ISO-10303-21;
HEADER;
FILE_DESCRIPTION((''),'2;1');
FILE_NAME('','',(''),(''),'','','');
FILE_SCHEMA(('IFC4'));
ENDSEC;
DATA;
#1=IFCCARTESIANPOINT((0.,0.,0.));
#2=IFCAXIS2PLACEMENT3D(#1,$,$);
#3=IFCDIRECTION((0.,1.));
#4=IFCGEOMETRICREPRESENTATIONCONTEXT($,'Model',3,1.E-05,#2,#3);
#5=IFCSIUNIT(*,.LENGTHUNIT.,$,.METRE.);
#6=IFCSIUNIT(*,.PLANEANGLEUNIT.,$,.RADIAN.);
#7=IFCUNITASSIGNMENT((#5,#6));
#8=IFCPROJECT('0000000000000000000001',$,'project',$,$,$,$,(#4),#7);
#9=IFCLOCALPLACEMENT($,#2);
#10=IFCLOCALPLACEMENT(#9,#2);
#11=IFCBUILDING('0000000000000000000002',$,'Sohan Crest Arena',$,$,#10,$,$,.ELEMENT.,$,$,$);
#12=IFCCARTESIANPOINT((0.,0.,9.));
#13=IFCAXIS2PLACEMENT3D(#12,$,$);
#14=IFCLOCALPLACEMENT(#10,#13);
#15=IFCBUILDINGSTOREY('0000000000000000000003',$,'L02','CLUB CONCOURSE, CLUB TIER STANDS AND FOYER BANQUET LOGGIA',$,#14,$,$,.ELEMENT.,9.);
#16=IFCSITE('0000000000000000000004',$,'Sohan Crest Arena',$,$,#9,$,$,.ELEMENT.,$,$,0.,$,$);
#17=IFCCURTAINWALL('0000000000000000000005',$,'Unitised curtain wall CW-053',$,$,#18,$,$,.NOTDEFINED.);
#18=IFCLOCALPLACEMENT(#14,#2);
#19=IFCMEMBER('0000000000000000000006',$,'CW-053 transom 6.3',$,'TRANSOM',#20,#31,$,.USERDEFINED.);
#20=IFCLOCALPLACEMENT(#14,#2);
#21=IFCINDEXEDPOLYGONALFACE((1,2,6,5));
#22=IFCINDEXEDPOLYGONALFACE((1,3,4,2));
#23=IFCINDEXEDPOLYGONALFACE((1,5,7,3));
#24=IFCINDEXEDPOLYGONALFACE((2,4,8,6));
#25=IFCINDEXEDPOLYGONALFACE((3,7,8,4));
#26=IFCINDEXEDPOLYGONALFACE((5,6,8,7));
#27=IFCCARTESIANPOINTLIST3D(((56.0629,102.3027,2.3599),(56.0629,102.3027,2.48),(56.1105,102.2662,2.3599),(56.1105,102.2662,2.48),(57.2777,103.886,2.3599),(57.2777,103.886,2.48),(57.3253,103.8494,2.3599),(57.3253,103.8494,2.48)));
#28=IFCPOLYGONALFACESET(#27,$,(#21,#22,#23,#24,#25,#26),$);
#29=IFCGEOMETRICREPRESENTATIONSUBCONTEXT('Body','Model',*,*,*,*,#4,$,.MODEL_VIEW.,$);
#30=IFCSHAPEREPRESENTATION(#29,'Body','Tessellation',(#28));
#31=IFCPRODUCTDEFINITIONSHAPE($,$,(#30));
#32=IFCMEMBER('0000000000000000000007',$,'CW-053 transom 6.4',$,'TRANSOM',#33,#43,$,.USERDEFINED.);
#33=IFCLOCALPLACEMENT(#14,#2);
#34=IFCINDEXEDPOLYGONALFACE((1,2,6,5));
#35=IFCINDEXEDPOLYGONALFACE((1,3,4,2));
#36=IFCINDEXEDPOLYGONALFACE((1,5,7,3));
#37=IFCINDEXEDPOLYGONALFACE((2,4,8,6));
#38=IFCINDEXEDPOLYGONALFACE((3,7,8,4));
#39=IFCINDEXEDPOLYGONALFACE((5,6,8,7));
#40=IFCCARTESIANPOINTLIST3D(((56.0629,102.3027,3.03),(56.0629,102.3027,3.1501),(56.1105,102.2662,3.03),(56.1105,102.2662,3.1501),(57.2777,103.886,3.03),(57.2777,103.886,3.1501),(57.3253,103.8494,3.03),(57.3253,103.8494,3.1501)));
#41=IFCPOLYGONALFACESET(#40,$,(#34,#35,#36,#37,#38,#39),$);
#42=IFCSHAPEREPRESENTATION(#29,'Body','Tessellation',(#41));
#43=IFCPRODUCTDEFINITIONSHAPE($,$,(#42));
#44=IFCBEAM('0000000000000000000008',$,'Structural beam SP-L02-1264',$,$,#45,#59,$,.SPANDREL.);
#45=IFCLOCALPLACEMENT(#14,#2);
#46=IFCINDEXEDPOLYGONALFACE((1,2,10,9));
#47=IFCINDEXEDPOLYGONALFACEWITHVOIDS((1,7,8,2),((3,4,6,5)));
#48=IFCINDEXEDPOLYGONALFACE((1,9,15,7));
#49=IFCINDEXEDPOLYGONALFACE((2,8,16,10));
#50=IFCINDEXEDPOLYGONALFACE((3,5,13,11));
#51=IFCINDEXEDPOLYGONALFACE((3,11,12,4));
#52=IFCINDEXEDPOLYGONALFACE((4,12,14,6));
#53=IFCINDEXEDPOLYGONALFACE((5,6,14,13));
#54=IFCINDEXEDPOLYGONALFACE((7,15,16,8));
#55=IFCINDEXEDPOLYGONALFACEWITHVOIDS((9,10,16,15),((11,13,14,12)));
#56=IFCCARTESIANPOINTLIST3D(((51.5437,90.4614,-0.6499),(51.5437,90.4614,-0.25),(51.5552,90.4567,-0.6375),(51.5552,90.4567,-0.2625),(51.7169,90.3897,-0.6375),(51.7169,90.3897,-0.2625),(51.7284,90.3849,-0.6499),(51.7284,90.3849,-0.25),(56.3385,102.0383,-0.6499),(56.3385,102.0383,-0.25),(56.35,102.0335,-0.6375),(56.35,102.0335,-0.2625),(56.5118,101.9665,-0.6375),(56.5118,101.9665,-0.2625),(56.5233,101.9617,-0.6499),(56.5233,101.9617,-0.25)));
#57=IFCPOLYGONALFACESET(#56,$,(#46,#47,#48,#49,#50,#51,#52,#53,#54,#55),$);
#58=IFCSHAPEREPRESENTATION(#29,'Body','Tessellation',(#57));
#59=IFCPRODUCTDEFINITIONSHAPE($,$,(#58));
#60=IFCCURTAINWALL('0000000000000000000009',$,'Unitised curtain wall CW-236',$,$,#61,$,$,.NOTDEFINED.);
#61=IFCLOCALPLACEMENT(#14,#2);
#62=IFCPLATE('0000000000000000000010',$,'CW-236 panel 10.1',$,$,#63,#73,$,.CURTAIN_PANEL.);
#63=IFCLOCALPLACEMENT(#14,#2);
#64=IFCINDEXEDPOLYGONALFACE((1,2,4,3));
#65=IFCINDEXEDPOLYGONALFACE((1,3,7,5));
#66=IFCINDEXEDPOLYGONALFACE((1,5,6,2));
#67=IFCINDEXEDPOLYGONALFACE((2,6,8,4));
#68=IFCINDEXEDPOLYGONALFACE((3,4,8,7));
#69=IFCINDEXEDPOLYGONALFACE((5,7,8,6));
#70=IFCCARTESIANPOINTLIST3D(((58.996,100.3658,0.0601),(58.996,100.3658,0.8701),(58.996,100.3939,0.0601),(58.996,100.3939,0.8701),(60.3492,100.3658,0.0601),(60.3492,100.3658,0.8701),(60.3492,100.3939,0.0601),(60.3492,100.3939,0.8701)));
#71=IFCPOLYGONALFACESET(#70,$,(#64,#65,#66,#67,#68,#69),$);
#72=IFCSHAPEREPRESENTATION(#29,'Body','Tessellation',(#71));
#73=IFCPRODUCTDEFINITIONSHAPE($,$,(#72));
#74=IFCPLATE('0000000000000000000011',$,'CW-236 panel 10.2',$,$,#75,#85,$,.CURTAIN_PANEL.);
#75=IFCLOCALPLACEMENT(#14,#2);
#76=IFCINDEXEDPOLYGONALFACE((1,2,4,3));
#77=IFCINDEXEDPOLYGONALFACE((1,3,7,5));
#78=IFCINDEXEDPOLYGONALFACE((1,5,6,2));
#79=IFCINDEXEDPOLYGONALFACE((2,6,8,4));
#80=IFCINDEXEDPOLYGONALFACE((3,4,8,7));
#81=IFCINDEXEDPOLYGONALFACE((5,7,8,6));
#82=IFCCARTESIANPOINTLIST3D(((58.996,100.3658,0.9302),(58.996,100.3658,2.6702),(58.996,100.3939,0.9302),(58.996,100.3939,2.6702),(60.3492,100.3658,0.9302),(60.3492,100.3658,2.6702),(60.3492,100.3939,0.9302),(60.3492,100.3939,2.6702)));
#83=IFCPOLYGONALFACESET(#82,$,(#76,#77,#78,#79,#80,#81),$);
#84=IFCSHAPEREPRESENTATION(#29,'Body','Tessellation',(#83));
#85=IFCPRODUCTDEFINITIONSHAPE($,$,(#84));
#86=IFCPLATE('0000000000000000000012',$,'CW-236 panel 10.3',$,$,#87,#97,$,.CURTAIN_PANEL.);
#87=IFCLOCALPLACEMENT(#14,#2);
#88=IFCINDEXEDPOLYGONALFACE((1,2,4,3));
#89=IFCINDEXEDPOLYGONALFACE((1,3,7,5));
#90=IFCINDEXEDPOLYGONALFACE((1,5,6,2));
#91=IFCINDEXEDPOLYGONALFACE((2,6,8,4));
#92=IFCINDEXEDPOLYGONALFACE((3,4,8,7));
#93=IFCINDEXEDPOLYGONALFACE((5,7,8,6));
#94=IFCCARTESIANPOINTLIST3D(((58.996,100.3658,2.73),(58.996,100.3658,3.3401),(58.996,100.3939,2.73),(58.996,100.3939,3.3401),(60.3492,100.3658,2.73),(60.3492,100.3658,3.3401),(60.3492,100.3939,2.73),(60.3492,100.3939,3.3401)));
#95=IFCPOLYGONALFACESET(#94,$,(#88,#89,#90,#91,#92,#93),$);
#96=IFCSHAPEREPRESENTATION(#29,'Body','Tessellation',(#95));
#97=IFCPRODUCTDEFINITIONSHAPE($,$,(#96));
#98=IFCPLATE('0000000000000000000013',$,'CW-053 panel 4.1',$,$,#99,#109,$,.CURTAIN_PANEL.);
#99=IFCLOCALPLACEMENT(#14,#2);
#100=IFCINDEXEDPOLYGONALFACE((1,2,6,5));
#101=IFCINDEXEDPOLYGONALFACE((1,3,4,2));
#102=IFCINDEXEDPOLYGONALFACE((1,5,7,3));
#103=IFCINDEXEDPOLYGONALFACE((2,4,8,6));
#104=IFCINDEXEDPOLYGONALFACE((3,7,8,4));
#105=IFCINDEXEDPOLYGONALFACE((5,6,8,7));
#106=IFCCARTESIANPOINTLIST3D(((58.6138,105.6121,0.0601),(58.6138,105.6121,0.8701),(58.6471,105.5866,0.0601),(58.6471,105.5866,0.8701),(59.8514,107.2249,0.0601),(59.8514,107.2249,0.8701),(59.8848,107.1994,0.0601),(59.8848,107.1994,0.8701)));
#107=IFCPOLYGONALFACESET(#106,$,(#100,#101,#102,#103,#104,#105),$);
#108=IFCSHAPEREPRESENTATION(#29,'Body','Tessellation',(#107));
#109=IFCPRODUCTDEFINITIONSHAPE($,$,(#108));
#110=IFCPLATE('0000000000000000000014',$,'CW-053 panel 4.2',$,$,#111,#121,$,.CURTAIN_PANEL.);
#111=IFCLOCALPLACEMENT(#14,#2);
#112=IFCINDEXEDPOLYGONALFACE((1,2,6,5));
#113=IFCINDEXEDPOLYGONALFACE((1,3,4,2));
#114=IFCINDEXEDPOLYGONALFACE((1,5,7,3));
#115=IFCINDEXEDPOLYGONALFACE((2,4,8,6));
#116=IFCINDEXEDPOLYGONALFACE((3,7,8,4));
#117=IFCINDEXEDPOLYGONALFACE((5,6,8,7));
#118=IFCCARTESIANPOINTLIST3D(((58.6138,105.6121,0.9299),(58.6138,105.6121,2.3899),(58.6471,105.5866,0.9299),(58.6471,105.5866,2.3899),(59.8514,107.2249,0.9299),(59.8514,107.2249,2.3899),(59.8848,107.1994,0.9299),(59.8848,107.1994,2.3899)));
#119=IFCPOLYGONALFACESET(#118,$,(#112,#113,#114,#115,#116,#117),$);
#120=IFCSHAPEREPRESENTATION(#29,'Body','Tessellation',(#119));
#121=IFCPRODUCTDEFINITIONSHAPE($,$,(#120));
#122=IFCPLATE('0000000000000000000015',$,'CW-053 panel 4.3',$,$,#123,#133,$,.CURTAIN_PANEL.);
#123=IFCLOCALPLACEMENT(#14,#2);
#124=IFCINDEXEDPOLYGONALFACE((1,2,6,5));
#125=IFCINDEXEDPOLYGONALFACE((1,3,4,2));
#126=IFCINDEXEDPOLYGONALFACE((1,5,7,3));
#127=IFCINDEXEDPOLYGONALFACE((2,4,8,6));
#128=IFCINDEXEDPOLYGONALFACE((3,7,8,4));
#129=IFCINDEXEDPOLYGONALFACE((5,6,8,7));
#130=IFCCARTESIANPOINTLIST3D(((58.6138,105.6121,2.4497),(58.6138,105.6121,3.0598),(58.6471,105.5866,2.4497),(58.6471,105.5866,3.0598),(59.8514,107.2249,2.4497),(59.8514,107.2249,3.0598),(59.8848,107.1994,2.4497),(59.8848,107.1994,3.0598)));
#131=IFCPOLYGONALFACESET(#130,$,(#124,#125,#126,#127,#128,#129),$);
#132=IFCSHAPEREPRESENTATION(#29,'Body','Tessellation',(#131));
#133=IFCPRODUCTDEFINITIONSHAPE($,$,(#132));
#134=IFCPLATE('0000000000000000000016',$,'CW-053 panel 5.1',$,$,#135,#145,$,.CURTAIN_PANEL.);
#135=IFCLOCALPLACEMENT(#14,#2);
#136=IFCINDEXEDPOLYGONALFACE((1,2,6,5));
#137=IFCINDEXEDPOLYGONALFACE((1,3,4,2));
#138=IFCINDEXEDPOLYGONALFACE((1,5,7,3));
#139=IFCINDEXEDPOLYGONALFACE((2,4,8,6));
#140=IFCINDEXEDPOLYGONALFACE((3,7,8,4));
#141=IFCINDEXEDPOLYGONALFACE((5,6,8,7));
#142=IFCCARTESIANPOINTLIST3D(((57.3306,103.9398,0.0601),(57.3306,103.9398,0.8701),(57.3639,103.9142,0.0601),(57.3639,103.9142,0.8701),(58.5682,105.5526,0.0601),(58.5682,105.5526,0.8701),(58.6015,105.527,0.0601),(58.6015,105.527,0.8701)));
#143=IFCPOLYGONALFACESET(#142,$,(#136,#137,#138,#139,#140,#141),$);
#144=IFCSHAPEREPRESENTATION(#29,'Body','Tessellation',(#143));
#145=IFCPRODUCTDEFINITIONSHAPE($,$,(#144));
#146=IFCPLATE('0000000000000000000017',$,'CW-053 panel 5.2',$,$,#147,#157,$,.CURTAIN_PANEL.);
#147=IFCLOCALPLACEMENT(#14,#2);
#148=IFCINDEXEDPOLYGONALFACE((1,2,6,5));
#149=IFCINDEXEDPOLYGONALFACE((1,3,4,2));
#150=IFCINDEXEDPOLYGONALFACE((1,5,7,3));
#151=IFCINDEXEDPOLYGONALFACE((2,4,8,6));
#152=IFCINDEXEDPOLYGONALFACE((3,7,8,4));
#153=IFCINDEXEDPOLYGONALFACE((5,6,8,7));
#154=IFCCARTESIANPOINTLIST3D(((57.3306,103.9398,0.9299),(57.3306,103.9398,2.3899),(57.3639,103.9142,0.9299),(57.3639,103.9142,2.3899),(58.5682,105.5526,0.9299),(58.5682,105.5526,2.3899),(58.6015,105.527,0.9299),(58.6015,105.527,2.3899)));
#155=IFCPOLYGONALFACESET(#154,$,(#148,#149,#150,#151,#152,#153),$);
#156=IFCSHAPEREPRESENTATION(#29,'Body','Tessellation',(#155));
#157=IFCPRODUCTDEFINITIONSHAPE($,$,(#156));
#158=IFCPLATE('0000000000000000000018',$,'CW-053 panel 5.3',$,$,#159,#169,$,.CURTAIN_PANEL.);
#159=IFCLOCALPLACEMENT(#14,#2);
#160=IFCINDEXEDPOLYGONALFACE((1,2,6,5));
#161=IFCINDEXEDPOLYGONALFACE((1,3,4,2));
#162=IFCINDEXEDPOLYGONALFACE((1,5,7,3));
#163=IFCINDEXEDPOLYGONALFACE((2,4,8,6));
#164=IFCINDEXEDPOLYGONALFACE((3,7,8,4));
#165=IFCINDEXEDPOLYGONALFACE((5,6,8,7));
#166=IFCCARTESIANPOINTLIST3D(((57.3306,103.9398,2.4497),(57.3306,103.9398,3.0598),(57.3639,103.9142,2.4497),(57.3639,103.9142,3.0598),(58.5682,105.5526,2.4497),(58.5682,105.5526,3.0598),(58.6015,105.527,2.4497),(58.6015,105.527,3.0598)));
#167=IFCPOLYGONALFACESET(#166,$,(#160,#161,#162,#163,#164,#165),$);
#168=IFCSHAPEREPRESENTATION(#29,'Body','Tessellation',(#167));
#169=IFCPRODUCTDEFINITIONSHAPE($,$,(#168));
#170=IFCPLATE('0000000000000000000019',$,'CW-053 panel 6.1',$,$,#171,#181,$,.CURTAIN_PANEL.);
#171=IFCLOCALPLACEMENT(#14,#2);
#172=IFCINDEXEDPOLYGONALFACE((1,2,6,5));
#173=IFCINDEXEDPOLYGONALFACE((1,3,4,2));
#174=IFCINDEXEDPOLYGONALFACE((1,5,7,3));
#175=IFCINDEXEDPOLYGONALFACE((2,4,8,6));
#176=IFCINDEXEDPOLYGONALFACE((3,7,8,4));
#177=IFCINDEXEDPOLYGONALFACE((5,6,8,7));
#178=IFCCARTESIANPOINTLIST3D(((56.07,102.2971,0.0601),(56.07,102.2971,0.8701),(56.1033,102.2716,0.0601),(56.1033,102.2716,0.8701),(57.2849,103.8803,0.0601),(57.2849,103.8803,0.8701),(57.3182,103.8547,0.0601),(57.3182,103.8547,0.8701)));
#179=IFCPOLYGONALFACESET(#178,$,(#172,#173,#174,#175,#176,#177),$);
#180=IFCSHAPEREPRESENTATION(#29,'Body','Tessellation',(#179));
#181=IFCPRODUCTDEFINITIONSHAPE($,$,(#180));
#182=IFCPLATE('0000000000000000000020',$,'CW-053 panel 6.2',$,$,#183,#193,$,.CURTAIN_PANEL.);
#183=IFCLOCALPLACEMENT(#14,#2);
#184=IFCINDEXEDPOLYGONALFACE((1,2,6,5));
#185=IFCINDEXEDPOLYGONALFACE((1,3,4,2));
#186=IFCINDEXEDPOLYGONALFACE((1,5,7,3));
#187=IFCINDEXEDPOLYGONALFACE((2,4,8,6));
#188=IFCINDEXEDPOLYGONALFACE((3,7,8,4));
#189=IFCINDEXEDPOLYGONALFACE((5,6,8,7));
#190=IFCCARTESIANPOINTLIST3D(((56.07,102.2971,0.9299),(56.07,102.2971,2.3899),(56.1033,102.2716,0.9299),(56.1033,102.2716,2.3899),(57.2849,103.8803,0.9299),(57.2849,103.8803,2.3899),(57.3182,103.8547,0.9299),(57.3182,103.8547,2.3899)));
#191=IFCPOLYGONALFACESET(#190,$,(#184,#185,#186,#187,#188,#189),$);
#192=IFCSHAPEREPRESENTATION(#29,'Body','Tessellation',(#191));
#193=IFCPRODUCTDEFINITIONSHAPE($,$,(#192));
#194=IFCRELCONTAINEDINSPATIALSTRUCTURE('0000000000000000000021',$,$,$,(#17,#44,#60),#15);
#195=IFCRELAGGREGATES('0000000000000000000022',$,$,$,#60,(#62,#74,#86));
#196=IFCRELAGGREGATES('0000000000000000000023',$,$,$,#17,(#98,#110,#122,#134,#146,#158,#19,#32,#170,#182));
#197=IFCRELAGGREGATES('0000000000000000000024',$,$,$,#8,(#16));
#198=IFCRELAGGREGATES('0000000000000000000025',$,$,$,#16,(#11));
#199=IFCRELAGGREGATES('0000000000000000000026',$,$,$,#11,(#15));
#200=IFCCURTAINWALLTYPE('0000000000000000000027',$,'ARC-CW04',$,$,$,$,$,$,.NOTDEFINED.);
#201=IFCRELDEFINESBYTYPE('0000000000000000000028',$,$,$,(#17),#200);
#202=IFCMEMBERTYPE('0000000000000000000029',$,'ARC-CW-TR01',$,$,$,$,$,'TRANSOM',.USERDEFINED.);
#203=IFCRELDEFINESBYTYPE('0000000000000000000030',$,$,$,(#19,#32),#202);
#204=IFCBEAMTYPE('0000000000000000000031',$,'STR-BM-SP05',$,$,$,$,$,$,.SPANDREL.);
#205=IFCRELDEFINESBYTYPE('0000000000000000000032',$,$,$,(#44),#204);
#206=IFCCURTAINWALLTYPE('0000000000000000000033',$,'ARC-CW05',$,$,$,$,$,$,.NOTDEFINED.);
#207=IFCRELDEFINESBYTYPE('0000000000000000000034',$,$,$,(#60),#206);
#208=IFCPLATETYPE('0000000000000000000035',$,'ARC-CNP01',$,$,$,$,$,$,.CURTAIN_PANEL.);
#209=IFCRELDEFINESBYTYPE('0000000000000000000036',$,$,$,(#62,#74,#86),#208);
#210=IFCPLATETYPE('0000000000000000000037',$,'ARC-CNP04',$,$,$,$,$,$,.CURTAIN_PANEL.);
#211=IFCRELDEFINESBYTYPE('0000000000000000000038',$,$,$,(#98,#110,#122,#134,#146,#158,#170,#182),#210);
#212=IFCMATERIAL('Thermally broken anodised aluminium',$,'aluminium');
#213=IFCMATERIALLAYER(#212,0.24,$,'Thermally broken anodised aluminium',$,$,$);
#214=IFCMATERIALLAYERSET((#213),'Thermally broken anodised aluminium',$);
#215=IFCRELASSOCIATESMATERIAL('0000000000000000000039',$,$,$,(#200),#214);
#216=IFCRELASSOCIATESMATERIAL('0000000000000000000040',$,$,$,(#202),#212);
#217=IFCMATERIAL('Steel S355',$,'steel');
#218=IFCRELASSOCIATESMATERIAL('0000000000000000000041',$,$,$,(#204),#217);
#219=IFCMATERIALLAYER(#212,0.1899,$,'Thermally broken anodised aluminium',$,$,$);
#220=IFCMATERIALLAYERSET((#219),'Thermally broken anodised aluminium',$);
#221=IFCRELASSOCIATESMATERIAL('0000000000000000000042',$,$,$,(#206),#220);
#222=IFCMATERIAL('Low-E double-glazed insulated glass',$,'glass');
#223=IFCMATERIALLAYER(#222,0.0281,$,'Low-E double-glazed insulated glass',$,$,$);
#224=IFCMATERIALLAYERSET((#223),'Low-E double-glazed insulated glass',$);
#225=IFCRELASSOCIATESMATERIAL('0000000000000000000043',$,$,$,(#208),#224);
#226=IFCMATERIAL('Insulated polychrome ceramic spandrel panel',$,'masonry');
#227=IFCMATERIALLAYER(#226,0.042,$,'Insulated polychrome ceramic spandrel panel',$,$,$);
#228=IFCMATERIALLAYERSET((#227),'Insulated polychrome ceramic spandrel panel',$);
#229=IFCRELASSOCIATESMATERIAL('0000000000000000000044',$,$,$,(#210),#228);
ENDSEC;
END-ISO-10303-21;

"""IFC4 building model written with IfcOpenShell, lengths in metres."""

from ifc_helpers import new_model, si_unit, direction, frame, origin, origin_2d, place, context, subcontext, project, spatial, rectangle, hollow_rectangle, extrude, material, layer, layer_set, material_profile, profile_set, type_object, element, aggregate, save


model = new_model("IFC4")

# Units and contexts
model_context = context("Model", 3, precision=1e-05, world=origin(), true_north=direction((0.0, 1.0)))
body_context = subcontext(model_context, "Body", "Model", "MODEL_VIEW")
ifc_project = project(units=[si_unit("LENGTHUNIT", "METRE"), si_unit("PLANEANGLEUNIT", "RADIAN")], contexts=[model_context])

# Site, building, storey
site_placement = place(None, origin())
site = spatial("IfcSite", under=ifc_project, at=site_placement, Name="Sohan Crest Arena", CompositionType="ELEMENT", RefElevation=0.0)
building_placement = place(site_placement, origin())
building = spatial("IfcBuilding", under=site, at=building_placement, Name="Sohan Crest Arena", CompositionType="ELEMENT")
storey_placement = place(building_placement, frame((0.0, 0.0, 9.0)))
storey = spatial("IfcBuildingStorey", under=building, at=storey_placement, Name="L02", Description="CLUB CONCOURSE, CLUB TIER STANDS AND FOYER BANQUET LOGGIA", CompositionType="ELEMENT", Elevation=9.0)

# Shared definitions
ifc_material_1 = material(Name="Steel S355", Category="steel")

# Curtain wall, members
ifc_material_2 = material(Name="Thermally broken anodised aluminium", Category="aluminium")
ifc_layer_1 = layer(ifc_material_2, 0.24, Name="Thermally broken anodised aluminium")
ifc_layer_set_1 = layer_set([ifc_layer_1], Name="Thermally broken anodised aluminium")
curtain_wall_type_1 = type_object("IfcCurtainWallType", Name="ARC-CW04", PredefinedType="NOTDEFINED", material=ifc_layer_set_1)
curtain_wall_1_placement = place(storey_placement, origin())
curtain_wall_1 = element("IfcCurtainWall", 1, at=curtain_wall_1_placement, inside=storey, type_object=curtain_wall_type_1, Name="Unitised curtain wall CW-053", PredefinedType="NOTDEFINED")
ifc_material_profile_1 = material_profile(ifc_material_2, rectangle(XDim=0.0601, YDim=0.1201, at=origin_2d()), Name="ALU-TRAN 60x120")
ifc_profile_set_1 = profile_set([ifc_material_profile_1], Name="Thermally broken anodised aluminium")
member_type_1 = type_object("IfcMemberType", Name="ARC-CW-TR01", ElementType="TRANSOM", PredefinedType="USERDEFINED", material=ifc_profile_set_1)
member_1_placement = place(storey_placement, frame((57.3015, 103.8677, 2.4199), z_axis=(-0.608753, -0.79336, 0.0), x_axis=(0.79336, -0.608753, 0.0)))
member_1 = element("IfcMember", 2, at=member_1_placement, type_object=member_type_1, Name="CW-053 transom 6.3", ObjectType="TRANSOM", PredefinedType="USERDEFINED", context=body_context, shape_type="SweptSolid", body=[
    extrude(rectangle(XDim=0.0601, YDim=0.1201, at=origin_2d()), origin(), (0.0, 0.0, 1.0), 1.9956),
])
member_2_placement = place(storey_placement, frame((57.3015, 103.8677, 3.0901), z_axis=(-0.608753, -0.79336, 0.0), x_axis=(0.79336, -0.608753, 0.0)))
member_2 = element("IfcMember", 3, at=member_2_placement, type_object=member_type_1, Name="CW-053 transom 6.4", ObjectType="TRANSOM", PredefinedType="USERDEFINED", context=body_context, shape_type="SweptSolid", body=[
    extrude(rectangle(XDim=0.0601, YDim=0.1201, at=origin_2d()), origin(), (0.0, 0.0, 1.0), 1.9956),
])

# Beam
ifc_material_profile_2 = material_profile(ifc_material_1, hollow_rectangle(XDim=0.2, YDim=0.3999, WallThickness=0.0125, at=origin_2d()), Name="RHS 400x200x12.5")
ifc_profile_set_2 = profile_set([ifc_material_profile_2], Name="Steel S355")
beam_type = type_object("IfcBeamType", Name="STR-BM-SP05", PredefinedType="SPANDREL", material=ifc_profile_set_2)
beam_placement = place(storey_placement, frame((56.4309, 102.0, -0.45), z_axis=(-0.382657, -0.923891, 0.0), x_axis=(0.923891, -0.382657, 0.0)))
element("IfcBeam", 4, at=beam_placement, inside=storey, type_object=beam_type, Name="Structural beam SP-L02-1264", PredefinedType="SPANDREL", context=body_context, shape_type="SweptSolid", body=[
    extrude(hollow_rectangle(XDim=0.2, YDim=0.3999, WallThickness=0.0125, at=origin_2d()), origin(), (0.0, 0.0, 1.0), 12.5305),
])

# Curtain wall, plates
ifc_layer_2 = layer(ifc_material_2, 0.1899, Name="Thermally broken anodised aluminium")
ifc_layer_set_2 = layer_set([ifc_layer_2], Name="Thermally broken anodised aluminium")
curtain_wall_type_2 = type_object("IfcCurtainWallType", Name="ARC-CW05", PredefinedType="NOTDEFINED", material=ifc_layer_set_2)
curtain_wall_2_placement = place(storey_placement, origin())
curtain_wall_2 = element("IfcCurtainWall", 5, at=curtain_wall_2_placement, inside=storey, type_object=curtain_wall_type_2, Name="Unitised curtain wall CW-236", PredefinedType="NOTDEFINED")
ifc_material_3 = material(Name="Low-E double-glazed insulated glass", Category="glass")
ifc_layer_3 = layer(ifc_material_3, 0.0281, Name="Low-E double-glazed insulated glass")
ifc_layer_set_3 = layer_set([ifc_layer_3], Name="Low-E double-glazed insulated glass")
plate_type_1 = type_object("IfcPlateType", Name="ARC-CNP01", PredefinedType="CURTAIN_PANEL", material=ifc_layer_set_3)
plate_1_placement = place(storey_placement, frame((59.6726, 100.3799, 0.0601), z_axis=(0.0, 0.0, 1.0), x_axis=(1.0, 0.0, 0.0)))
plate_1 = element("IfcPlate", 6, at=plate_1_placement, type_object=plate_type_1, Name="CW-236 panel 10.1", PredefinedType="CURTAIN_PANEL", context=body_context, shape_type="SweptSolid", body=[
    extrude(rectangle(XDim=1.3533, YDim=0.0281, at=origin_2d()), origin(), (0.0, 0.0, 1.0), 0.8101),
])
plate_2_placement = place(storey_placement, frame((59.6726, 100.3799, 0.9302), z_axis=(0.0, 0.0, 1.0), x_axis=(1.0, 0.0, 0.0)))
plate_2 = element("IfcPlate", 7, at=plate_2_placement, type_object=plate_type_1, Name="CW-236 panel 10.2", PredefinedType="CURTAIN_PANEL", context=body_context, shape_type="SweptSolid", body=[
    extrude(rectangle(XDim=1.3533, YDim=0.0281, at=origin_2d()), origin(), (0.0, 0.0, 1.0), 1.74),
])
plate_3_placement = place(storey_placement, frame((59.6726, 100.3799, 2.73), z_axis=(0.0, 0.0, 1.0), x_axis=(1.0, 0.0, 0.0)))
plate_3 = element("IfcPlate", 8, at=plate_3_placement, type_object=plate_type_1, Name="CW-236 panel 10.3", PredefinedType="CURTAIN_PANEL", context=body_context, shape_type="SweptSolid", body=[
    extrude(rectangle(XDim=1.3533, YDim=0.0281, at=origin_2d()), origin(), (0.0, 0.0, 1.0), 0.6101),
])
aggregate(curtain_wall_2, [plate_1, plate_2, plate_3])

# Plates
ifc_material_4 = material(Name="Insulated polychrome ceramic spandrel panel", Category="masonry")
ifc_layer_4 = layer(ifc_material_4, 0.042, Name="Insulated polychrome ceramic spandrel panel")
ifc_layer_set_4 = layer_set([ifc_layer_4], Name="Insulated polychrome ceramic spandrel panel")
plate_type_2 = type_object("IfcPlateType", Name="ARC-CNP04", PredefinedType="CURTAIN_PANEL", material=ifc_layer_set_4)
plate_4_placement = place(storey_placement, frame((59.2493, 106.4058, 0.0601), z_axis=(0.0, 0.0, 1.0), x_axis=(-0.608793, -0.793329, 0.0)))
plate_4 = element("IfcPlate", 9, at=plate_4_placement, type_object=plate_type_2, Name="CW-053 panel 4.1", PredefinedType="CURTAIN_PANEL", context=body_context, shape_type="SweptSolid", body=[
    extrude(rectangle(XDim=2.033, YDim=0.042, at=origin_2d()), origin(), (0.0, 0.0, 1.0), 0.8101),
])
plate_5_placement = place(storey_placement, frame((59.2493, 106.4058, 0.9299), z_axis=(0.0, 0.0, 1.0), x_axis=(-0.608793, -0.793329, 0.0)))
plate_5 = element("IfcPlate", 10, at=plate_5_placement, type_object=plate_type_2, Name="CW-053 panel 4.2", PredefinedType="CURTAIN_PANEL", context=body_context, shape_type="SweptSolid", body=[
    extrude(rectangle(XDim=2.033, YDim=0.042, at=origin_2d()), origin(), (0.0, 0.0, 1.0), 1.46),
])
plate_6_placement = place(storey_placement, frame((59.2493, 106.4058, 2.4497), z_axis=(0.0, 0.0, 1.0), x_axis=(-0.608793, -0.793329, 0.0)))
plate_6 = element("IfcPlate", 11, at=plate_6_placement, type_object=plate_type_2, Name="CW-053 panel 4.3", PredefinedType="CURTAIN_PANEL", context=body_context, shape_type="SweptSolid", body=[
    extrude(rectangle(XDim=2.033, YDim=0.042, at=origin_2d()), origin(), (0.0, 0.0, 1.0), 0.6101),
])
plate_7_placement = place(storey_placement, frame((57.9661, 104.7334, 0.0601), z_axis=(0.0, 0.0, 1.0), x_axis=(-0.608793, -0.793329, 0.0)))
plate_7 = element("IfcPlate", 12, at=plate_7_placement, type_object=plate_type_2, Name="CW-053 panel 5.1", PredefinedType="CURTAIN_PANEL", context=body_context, shape_type="SweptSolid", body=[
    extrude(rectangle(XDim=2.033, YDim=0.042, at=origin_2d()), origin(), (0.0, 0.0, 1.0), 0.8101),
])
plate_8_placement = place(storey_placement, frame((57.9661, 104.7334, 0.9299), z_axis=(0.0, 0.0, 1.0), x_axis=(-0.608793, -0.793329, 0.0)))
plate_8 = element("IfcPlate", 13, at=plate_8_placement, type_object=plate_type_2, Name="CW-053 panel 5.2", PredefinedType="CURTAIN_PANEL", context=body_context, shape_type="SweptSolid", body=[
    extrude(rectangle(XDim=2.033, YDim=0.042, at=origin_2d()), origin(), (0.0, 0.0, 1.0), 1.46),
])
plate_9_placement = place(storey_placement, frame((57.9661, 104.7334, 2.4497), z_axis=(0.0, 0.0, 1.0), x_axis=(-0.608793, -0.793329, 0.0)))
plate_9 = element("IfcPlate", 14, at=plate_9_placement, type_object=plate_type_2, Name="CW-053 panel 5.3", PredefinedType="CURTAIN_PANEL", context=body_context, shape_type="SweptSolid", body=[
    extrude(rectangle(XDim=2.033, YDim=0.042, at=origin_2d()), origin(), (0.0, 0.0, 1.0), 0.6101),
])
plate_10_placement = place(storey_placement, frame((56.6941, 103.0759, 0.0601), z_axis=(0.0, 0.0, 1.0), x_axis=(-0.608793, -0.793329, 0.0)))
plate_10 = element("IfcPlate", 15, at=plate_10_placement, type_object=plate_type_2, Name="CW-053 panel 6.1", PredefinedType="CURTAIN_PANEL", context=body_context, shape_type="SweptSolid", body=[
    extrude(rectangle(XDim=1.9956, YDim=0.042, at=origin_2d()), origin(), (0.0, 0.0, 1.0), 0.8101),
])
plate_11_placement = place(storey_placement, frame((56.6941, 103.0759, 0.9299), z_axis=(0.0, 0.0, 1.0), x_axis=(-0.608793, -0.793329, 0.0)))
plate_11 = element("IfcPlate", 16, at=plate_11_placement, type_object=plate_type_2, Name="CW-053 panel 6.2", PredefinedType="CURTAIN_PANEL", context=body_context, shape_type="SweptSolid", body=[
    extrude(rectangle(XDim=1.9956, YDim=0.042, at=origin_2d()), origin(), (0.0, 0.0, 1.0), 1.46),
])
aggregate(curtain_wall_1, [plate_4, plate_5, plate_6, plate_7, plate_8, plate_9, member_1, member_2, plate_10, plate_11])

save(model, "model.ifc")
